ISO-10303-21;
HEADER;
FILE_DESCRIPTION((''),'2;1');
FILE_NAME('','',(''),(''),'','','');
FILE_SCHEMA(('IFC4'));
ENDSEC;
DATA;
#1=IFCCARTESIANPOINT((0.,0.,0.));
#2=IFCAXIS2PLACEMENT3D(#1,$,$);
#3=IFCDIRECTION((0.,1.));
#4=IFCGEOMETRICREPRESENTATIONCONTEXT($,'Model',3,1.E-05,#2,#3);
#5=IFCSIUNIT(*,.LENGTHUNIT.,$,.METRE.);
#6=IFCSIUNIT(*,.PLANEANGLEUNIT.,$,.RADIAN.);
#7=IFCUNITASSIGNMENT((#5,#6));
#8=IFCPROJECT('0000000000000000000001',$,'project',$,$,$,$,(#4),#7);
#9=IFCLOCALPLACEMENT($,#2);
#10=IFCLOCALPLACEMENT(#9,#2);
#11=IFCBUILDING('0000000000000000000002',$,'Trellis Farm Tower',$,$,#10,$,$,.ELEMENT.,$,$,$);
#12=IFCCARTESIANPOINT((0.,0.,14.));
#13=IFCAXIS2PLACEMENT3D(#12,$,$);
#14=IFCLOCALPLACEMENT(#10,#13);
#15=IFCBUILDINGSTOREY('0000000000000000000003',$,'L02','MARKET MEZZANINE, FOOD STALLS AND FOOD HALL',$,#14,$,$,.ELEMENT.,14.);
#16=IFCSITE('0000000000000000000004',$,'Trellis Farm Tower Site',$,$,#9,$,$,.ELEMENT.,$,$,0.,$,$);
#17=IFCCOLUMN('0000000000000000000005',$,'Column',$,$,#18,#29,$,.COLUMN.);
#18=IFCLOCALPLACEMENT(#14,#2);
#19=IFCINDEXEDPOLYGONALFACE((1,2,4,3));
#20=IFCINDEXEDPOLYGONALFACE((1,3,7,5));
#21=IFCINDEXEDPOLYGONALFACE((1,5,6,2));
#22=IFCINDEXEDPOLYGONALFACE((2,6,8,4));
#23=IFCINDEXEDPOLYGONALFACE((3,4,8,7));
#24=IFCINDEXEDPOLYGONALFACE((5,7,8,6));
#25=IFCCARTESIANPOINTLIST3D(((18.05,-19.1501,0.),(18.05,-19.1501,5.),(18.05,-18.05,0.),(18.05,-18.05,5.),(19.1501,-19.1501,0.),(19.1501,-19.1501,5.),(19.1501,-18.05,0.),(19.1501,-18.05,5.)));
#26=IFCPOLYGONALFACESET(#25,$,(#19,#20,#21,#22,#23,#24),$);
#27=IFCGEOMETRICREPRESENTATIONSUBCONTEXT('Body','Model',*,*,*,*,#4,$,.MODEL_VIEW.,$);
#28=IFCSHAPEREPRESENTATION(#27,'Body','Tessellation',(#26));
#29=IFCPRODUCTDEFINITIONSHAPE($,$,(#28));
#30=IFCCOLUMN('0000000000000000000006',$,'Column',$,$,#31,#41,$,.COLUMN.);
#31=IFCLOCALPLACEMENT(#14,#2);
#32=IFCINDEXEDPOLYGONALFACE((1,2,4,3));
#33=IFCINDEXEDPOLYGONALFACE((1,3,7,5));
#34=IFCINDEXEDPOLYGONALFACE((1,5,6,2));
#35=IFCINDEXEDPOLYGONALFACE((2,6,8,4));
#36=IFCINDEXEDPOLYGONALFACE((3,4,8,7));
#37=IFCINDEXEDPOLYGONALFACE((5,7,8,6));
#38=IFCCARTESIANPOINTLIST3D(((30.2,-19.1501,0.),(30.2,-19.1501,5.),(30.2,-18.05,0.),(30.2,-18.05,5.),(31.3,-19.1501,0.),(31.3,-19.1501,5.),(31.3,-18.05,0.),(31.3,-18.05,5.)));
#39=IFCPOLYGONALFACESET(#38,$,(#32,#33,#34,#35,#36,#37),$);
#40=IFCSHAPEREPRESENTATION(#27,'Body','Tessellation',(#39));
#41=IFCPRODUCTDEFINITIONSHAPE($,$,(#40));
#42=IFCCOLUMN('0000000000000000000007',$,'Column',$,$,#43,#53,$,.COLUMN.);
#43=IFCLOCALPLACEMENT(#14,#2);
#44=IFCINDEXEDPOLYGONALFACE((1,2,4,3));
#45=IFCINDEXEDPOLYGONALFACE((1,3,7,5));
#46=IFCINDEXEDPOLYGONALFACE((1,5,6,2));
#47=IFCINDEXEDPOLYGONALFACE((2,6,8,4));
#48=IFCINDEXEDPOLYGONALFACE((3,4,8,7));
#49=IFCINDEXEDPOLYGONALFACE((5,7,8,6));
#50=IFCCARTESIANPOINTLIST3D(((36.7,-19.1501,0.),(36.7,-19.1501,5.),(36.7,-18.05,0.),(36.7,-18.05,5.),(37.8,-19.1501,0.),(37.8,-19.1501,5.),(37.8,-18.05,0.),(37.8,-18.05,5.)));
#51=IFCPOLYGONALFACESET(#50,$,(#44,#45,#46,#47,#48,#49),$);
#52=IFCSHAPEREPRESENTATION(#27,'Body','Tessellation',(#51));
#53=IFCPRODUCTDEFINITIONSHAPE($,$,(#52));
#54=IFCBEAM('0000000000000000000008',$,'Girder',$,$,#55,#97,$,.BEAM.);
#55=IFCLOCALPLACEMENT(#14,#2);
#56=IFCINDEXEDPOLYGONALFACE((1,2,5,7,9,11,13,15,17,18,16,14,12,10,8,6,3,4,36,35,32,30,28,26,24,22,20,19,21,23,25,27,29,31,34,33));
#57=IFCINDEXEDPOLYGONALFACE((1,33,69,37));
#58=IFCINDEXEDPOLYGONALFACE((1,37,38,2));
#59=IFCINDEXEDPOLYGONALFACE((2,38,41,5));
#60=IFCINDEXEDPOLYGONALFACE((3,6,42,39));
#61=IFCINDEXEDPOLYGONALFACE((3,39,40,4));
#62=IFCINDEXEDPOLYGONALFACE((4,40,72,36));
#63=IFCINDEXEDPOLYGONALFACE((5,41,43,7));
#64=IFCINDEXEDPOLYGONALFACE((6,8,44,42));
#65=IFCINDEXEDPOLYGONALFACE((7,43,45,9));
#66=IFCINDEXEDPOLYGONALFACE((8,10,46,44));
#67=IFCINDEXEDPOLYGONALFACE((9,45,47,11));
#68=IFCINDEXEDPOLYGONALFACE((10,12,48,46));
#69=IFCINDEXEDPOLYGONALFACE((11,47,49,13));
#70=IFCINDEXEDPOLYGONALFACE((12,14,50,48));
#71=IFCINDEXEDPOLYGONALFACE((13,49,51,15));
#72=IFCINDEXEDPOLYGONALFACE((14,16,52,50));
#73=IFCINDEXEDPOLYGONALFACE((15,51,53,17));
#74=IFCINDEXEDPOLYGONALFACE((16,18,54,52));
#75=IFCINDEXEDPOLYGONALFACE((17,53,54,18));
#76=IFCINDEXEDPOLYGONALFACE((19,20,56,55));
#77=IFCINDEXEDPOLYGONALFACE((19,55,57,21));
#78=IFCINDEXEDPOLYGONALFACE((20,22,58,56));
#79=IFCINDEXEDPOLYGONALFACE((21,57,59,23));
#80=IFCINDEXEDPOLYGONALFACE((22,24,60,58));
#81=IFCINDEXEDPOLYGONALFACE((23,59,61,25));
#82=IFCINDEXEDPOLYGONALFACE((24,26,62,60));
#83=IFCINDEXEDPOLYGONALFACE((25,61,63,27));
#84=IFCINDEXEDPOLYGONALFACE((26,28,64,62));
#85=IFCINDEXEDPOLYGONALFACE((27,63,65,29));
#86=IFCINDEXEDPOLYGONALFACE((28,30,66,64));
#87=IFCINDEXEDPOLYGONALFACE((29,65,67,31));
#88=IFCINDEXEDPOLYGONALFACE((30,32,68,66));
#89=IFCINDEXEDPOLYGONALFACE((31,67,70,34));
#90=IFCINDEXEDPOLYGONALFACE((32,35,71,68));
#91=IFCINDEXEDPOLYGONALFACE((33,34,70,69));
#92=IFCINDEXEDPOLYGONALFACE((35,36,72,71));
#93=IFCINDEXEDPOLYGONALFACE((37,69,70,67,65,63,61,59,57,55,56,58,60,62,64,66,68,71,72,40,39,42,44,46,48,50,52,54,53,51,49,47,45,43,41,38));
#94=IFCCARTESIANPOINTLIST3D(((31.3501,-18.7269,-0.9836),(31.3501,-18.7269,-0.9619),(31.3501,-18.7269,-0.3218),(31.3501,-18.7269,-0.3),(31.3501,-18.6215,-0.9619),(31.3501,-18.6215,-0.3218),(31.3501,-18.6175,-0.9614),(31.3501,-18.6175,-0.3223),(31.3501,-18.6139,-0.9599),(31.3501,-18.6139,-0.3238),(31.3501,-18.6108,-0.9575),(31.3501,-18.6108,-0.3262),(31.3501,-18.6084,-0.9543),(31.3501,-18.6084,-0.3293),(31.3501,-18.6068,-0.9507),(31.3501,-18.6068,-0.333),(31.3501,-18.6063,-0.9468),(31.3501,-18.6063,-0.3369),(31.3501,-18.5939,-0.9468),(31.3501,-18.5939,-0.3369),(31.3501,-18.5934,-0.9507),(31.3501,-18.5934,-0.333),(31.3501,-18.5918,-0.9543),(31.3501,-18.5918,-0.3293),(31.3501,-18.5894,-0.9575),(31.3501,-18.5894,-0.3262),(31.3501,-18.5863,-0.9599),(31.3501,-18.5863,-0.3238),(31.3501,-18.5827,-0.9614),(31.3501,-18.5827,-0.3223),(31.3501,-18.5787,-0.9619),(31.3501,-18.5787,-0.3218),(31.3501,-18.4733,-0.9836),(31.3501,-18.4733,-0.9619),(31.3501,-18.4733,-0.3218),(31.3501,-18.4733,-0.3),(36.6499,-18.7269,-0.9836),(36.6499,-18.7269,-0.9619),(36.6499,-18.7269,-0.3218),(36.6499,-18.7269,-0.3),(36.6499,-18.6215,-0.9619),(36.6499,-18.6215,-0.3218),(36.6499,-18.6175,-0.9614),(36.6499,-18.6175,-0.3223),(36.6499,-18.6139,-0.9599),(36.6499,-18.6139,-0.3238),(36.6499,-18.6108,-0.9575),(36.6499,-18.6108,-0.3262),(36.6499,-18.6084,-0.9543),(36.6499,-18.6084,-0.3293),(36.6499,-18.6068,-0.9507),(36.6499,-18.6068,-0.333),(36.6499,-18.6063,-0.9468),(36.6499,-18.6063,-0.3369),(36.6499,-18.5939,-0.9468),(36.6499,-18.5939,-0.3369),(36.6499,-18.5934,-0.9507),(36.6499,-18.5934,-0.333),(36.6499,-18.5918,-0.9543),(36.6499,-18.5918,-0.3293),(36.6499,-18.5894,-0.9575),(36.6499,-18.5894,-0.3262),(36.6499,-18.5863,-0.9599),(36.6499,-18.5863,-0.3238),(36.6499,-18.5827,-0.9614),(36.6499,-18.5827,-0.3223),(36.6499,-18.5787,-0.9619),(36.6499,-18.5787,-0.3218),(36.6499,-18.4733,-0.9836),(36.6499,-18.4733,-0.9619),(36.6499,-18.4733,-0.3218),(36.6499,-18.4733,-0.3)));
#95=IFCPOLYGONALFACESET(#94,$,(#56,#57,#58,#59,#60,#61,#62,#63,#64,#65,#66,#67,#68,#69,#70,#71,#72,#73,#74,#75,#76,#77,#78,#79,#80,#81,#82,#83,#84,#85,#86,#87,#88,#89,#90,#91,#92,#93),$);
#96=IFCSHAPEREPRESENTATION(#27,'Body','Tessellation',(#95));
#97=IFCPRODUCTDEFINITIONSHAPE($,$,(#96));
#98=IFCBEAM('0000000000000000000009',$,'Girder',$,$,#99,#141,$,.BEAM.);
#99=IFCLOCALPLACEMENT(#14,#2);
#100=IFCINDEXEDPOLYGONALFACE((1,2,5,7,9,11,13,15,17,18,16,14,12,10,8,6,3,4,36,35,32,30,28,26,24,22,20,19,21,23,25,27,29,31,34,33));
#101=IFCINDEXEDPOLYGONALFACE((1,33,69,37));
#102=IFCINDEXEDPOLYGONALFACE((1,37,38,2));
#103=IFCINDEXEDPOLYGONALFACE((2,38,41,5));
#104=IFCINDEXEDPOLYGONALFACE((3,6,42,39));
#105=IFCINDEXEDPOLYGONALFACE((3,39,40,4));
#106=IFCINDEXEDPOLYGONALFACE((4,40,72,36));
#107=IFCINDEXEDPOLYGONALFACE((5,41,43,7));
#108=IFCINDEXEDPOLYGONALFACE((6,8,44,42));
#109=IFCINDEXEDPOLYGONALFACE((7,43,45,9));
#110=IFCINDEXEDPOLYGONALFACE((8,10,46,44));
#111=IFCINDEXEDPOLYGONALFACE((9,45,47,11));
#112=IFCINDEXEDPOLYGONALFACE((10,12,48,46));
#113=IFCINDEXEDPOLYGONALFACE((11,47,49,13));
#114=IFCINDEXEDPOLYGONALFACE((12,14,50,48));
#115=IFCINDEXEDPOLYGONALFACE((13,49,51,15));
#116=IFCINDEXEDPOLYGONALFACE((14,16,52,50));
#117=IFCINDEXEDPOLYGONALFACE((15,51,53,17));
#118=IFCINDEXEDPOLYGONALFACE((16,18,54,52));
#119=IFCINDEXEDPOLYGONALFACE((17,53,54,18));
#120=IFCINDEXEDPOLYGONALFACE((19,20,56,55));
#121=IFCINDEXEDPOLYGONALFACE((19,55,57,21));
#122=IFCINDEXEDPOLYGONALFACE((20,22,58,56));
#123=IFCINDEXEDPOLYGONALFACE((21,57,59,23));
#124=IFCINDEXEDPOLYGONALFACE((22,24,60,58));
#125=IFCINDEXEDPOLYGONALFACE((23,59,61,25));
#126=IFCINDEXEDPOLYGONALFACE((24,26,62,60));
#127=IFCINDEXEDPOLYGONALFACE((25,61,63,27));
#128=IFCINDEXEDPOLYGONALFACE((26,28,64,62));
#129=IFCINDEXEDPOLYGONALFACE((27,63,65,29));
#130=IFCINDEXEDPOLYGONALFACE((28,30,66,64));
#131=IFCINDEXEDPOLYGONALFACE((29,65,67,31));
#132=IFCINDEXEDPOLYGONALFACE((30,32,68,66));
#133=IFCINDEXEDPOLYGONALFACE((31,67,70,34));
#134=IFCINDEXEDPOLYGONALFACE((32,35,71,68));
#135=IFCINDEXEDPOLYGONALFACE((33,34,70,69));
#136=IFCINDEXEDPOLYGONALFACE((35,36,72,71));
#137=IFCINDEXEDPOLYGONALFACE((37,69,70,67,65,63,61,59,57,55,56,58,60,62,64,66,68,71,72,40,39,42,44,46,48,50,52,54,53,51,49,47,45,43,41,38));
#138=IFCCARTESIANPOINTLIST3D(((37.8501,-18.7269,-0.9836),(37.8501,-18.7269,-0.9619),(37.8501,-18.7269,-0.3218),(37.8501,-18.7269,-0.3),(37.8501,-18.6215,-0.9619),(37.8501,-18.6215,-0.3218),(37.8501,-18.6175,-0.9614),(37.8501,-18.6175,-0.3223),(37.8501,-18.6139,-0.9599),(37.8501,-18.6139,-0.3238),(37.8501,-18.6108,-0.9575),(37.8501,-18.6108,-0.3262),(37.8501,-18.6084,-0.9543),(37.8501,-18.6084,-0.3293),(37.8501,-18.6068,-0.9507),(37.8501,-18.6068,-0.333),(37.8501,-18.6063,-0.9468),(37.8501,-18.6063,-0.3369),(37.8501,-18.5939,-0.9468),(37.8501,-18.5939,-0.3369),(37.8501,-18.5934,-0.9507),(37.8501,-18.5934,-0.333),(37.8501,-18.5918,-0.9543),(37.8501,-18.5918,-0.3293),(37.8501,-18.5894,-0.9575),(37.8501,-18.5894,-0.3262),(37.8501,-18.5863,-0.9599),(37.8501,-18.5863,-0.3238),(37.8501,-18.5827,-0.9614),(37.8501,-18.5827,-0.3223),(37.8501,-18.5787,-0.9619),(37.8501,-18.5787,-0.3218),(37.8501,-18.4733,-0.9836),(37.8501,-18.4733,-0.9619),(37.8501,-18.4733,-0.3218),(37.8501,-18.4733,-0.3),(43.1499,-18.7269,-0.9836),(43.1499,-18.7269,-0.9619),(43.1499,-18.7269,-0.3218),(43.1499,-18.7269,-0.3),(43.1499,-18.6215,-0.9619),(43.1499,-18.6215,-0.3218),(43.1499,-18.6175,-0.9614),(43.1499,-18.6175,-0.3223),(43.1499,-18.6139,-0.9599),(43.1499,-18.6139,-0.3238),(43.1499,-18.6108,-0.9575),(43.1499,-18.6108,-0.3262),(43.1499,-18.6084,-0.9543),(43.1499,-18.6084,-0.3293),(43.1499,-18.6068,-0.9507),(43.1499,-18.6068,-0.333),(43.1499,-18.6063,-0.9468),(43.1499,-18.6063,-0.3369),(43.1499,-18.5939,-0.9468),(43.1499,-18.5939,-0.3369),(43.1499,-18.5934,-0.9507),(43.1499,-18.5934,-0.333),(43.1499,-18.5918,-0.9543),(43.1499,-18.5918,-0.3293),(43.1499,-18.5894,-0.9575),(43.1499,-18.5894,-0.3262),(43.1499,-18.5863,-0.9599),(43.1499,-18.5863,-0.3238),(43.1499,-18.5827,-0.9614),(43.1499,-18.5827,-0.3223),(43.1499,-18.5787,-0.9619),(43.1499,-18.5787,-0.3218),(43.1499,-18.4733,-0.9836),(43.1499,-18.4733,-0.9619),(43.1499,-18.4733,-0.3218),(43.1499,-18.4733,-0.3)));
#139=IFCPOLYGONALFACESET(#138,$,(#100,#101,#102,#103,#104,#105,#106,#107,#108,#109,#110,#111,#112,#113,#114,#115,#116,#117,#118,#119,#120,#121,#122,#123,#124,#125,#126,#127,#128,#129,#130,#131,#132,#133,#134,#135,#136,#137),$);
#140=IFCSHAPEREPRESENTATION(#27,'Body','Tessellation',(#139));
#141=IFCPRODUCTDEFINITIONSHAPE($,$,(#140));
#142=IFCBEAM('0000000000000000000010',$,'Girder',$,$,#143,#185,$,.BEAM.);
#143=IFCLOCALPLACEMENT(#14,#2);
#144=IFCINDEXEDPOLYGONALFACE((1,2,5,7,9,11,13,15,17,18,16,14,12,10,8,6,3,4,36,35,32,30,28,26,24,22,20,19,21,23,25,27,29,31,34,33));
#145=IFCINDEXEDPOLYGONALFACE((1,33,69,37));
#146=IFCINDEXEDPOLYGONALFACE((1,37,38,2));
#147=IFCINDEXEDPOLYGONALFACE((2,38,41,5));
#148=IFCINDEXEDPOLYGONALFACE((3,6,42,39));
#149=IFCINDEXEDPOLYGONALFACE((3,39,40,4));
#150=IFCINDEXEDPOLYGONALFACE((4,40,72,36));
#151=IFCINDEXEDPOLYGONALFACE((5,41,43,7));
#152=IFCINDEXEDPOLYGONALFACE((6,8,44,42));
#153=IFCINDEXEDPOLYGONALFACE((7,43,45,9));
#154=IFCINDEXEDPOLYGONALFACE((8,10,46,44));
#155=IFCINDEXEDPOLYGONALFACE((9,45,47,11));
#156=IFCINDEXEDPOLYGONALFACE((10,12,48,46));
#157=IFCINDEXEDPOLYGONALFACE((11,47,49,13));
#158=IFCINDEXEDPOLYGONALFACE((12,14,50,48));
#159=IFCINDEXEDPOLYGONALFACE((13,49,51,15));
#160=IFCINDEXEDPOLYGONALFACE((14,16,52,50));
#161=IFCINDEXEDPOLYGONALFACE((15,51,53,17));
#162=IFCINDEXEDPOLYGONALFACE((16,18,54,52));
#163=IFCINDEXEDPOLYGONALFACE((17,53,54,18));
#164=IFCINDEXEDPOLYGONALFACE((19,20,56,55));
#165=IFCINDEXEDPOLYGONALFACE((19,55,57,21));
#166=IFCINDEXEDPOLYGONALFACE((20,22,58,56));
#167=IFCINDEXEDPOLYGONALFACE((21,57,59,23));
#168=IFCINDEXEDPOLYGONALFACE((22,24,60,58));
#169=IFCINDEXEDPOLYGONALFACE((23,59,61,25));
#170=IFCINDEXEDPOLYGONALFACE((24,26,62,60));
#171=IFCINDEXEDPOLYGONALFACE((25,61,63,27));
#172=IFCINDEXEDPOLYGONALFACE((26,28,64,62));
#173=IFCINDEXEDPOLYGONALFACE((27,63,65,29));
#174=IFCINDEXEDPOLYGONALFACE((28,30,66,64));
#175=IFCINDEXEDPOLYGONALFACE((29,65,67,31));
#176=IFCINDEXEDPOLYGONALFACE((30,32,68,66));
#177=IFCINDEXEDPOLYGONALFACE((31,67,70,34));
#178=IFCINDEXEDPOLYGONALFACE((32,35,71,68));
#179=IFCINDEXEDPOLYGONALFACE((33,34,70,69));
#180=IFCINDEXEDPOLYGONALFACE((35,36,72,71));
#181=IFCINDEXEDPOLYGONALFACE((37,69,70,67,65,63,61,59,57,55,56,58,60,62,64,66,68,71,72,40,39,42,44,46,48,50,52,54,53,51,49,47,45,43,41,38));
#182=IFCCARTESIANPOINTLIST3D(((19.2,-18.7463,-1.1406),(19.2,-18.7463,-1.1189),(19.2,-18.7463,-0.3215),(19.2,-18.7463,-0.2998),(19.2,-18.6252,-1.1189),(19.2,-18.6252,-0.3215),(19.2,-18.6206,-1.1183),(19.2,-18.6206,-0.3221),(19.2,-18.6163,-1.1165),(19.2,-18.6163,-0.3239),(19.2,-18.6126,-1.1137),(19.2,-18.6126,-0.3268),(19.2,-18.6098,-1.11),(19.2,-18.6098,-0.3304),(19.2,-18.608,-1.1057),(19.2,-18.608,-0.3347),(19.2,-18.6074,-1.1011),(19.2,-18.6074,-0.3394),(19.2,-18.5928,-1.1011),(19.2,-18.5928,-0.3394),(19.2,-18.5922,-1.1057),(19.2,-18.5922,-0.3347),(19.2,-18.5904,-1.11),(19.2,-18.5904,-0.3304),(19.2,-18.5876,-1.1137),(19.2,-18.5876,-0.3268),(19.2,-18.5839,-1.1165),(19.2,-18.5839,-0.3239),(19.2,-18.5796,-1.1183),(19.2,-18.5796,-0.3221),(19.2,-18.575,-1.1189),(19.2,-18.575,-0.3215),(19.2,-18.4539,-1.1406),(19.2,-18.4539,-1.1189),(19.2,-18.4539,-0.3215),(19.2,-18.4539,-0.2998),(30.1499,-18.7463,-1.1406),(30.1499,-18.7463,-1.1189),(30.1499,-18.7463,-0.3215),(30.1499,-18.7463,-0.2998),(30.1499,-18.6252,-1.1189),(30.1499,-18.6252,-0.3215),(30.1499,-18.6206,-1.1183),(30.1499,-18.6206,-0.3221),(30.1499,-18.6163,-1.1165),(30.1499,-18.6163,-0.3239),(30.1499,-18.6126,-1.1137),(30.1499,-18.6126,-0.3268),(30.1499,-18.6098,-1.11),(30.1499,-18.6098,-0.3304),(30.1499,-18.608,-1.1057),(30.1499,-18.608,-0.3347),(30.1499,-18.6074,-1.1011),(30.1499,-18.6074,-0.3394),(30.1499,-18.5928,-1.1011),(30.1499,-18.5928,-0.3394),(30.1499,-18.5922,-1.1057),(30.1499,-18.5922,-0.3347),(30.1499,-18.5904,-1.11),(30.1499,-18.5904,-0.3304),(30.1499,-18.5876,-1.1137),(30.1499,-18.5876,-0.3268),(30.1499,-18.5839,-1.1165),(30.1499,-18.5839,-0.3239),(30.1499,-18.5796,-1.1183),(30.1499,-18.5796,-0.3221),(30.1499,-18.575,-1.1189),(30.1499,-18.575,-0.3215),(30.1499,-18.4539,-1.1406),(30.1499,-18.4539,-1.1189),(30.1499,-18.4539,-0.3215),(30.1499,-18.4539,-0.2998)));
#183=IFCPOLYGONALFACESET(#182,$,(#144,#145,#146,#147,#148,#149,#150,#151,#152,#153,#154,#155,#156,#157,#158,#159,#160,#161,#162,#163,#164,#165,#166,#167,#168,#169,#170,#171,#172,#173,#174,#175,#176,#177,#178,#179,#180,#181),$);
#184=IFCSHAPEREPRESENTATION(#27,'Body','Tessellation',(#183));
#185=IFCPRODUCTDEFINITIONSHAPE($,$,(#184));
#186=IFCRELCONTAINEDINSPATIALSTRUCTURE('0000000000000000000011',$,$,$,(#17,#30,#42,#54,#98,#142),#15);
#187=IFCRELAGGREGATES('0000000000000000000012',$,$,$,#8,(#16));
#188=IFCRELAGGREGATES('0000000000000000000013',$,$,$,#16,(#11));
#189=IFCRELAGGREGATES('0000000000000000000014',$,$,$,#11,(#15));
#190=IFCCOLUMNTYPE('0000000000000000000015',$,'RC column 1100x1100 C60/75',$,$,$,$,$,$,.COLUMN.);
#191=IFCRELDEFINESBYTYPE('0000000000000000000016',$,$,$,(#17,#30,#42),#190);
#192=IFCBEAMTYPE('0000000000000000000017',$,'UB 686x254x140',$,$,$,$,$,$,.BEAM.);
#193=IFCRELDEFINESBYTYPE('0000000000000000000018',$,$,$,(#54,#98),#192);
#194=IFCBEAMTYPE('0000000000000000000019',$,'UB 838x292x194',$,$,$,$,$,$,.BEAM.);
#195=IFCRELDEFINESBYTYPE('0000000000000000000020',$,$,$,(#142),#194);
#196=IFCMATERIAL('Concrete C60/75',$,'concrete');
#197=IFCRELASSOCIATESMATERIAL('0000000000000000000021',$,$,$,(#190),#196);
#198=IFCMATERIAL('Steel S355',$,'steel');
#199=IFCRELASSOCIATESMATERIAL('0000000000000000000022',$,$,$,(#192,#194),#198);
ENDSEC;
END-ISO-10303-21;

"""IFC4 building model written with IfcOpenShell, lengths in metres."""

from ifc_helpers import new_model, si_unit, direction, frame, origin, origin_2d, place, context, subcontext, project, spatial, rectangle, i_section, extrude, source, transform, mapped, material, material_profile, profile_set, type_object, element, save


model = new_model("IFC4")

# Units and contexts
model_context = context("Model", 3, precision=1e-05, world=origin(), true_north=direction((0.0, 1.0)))
body_context = subcontext(model_context, "Body", "Model", "MODEL_VIEW")
ifc_project = project(units=[si_unit("LENGTHUNIT", "METRE"), si_unit("PLANEANGLEUNIT", "RADIAN")], contexts=[model_context])

# Site, building, storey
site_placement = place(None, origin())
site = spatial("IfcSite", under=ifc_project, at=site_placement, Name="Trellis Farm Tower Site", CompositionType="ELEMENT", RefElevation=0.0)
building_placement = place(site_placement, origin())
building = spatial("IfcBuilding", under=site, at=building_placement, Name="Trellis Farm Tower", CompositionType="ELEMENT")
storey_placement = place(building_placement, frame((0.0, 0.0, 14.0)))
storey = spatial("IfcBuildingStorey", under=building, at=storey_placement, Name="L02", Description="MARKET MEZZANINE, FOOD STALLS AND FOOD HALL", CompositionType="ELEMENT", Elevation=14.0)

# Columns
ifc_material_1 = material(Name="Concrete C60/75", Category="concrete")
ifc_material_profile_1 = material_profile(ifc_material_1, rectangle(XDim=1.1001, YDim=1.1001, at=origin_2d()), Name="RC column 1100x1100 C60/75")
ifc_profile_set_1 = profile_set([ifc_material_profile_1], Name="Concrete C60/75")
column_type = type_object("IfcColumnType", Name="RC column 1100x1100 C60/75", PredefinedType="COLUMN", material=ifc_profile_set_1)
shared_shape_1 = source(origin(), body_context, "Body", "SweptSolid", [
    extrude(rectangle(XDim=1.1001, YDim=1.1001, at=origin_2d()), origin(), (0.0, 0.0, 1.0), 5.0),
])
for number, where, z_axis, x_axis, name in (
    (1, (18.6001, -18.6001, 0.0), (0.0, 0.0, 1.0), (1.0, 0.0, 0.0), "Column"),
    (2, (30.75, -18.6001, 0.0), (0.0, 0.0, 1.0), (1.0, 0.0, 0.0), "Column"),
    (3, (37.25, -18.6001, 0.0), (0.0, 0.0, 1.0), (1.0, 0.0, 0.0), "Column"),
):
    element("IfcColumn", number, at=place(storey_placement, frame(where, z_axis=z_axis, x_axis=x_axis)), inside=storey, type_object=column_type, Name=name, PredefinedType="COLUMN", context=body_context, shape_type="MappedRepresentation", body=[
        mapped(shared_shape_1, transform((0.0, 0.0, 0.0))),
    ])

# Beams
ifc_material_2 = material(Name="Steel S355", Category="steel")
ifc_material_profile_2 = material_profile(ifc_material_2, i_section(OverallWidth=0.2537, OverallDepth=0.6836, WebThickness=0.0125, FlangeThickness=0.0217, FilletRadius=0.0151, at=origin_2d()), Name="UB 686x254x140")
ifc_profile_set_2 = profile_set([ifc_material_profile_2], Name="Steel S355")
beam_type_1 = type_object("IfcBeamType", Name="UB 686x254x140", PredefinedType="BEAM", material=ifc_profile_set_2)
shared_shape_2 = source(origin(), body_context, "Body", "SweptSolid", [
    extrude(i_section(OverallWidth=0.2537, OverallDepth=0.6836, WebThickness=0.0125, FlangeThickness=0.0217, FilletRadius=0.0151, at=origin_2d()), origin(), (0.0, 0.0, 1.0), 5.2998),
])
for number, where, z_axis, x_axis, name in (
    (4, (31.3501, -18.6001, -0.6418), (1.0, 0.0, 0.0), (0.0, 1.0, 0.0), "Girder"),
    (5, (37.8501, -18.6001, -0.6418), (1.0, 0.0, 0.0), (0.0, 1.0, 0.0), "Girder"),
):
    element("IfcBeam", number, at=place(storey_placement, frame(where, z_axis=z_axis, x_axis=x_axis)), inside=storey, type_object=beam_type_1, Name=name, PredefinedType="BEAM", context=body_context, shape_type="MappedRepresentation", body=[
        mapped(shared_shape_2, transform((0.0, 0.0, 0.0))),
    ])
ifc_material_profile_3 = material_profile(ifc_material_2, i_section(OverallWidth=0.2925, OverallDepth=0.8408, WebThickness=0.0146, FlangeThickness=0.0217, FilletRadius=0.0178, at=origin_2d()), Name="UB 838x292x194")
ifc_profile_set_3 = profile_set([ifc_material_profile_3], Name="Steel S355")
beam_type_2 = type_object("IfcBeamType", Name="UB 838x292x194", PredefinedType="BEAM", material=ifc_profile_set_3)
shared_shape_3 = source(origin(), body_context, "Body", "SweptSolid", [
    extrude(i_section(OverallWidth=0.2925, OverallDepth=0.8408, WebThickness=0.0146, FlangeThickness=0.0217, FilletRadius=0.0178, at=origin_2d()), origin(), (0.0, 0.0, 1.0), 10.95),
])
beam_1_placement = place(storey_placement, frame((19.2, -18.6001, -0.7202), z_axis=(1.0, 0.0, 0.0), x_axis=(0.0, 1.0, 0.0)))
element("IfcBeam", 6, at=beam_1_placement, inside=storey, type_object=beam_type_2, Name="Girder", PredefinedType="BEAM", context=body_context, shape_type="MappedRepresentation", body=[
    mapped(shared_shape_3, transform((0.0, 0.0, 0.0))),
])

save(model, "model.ifc")
